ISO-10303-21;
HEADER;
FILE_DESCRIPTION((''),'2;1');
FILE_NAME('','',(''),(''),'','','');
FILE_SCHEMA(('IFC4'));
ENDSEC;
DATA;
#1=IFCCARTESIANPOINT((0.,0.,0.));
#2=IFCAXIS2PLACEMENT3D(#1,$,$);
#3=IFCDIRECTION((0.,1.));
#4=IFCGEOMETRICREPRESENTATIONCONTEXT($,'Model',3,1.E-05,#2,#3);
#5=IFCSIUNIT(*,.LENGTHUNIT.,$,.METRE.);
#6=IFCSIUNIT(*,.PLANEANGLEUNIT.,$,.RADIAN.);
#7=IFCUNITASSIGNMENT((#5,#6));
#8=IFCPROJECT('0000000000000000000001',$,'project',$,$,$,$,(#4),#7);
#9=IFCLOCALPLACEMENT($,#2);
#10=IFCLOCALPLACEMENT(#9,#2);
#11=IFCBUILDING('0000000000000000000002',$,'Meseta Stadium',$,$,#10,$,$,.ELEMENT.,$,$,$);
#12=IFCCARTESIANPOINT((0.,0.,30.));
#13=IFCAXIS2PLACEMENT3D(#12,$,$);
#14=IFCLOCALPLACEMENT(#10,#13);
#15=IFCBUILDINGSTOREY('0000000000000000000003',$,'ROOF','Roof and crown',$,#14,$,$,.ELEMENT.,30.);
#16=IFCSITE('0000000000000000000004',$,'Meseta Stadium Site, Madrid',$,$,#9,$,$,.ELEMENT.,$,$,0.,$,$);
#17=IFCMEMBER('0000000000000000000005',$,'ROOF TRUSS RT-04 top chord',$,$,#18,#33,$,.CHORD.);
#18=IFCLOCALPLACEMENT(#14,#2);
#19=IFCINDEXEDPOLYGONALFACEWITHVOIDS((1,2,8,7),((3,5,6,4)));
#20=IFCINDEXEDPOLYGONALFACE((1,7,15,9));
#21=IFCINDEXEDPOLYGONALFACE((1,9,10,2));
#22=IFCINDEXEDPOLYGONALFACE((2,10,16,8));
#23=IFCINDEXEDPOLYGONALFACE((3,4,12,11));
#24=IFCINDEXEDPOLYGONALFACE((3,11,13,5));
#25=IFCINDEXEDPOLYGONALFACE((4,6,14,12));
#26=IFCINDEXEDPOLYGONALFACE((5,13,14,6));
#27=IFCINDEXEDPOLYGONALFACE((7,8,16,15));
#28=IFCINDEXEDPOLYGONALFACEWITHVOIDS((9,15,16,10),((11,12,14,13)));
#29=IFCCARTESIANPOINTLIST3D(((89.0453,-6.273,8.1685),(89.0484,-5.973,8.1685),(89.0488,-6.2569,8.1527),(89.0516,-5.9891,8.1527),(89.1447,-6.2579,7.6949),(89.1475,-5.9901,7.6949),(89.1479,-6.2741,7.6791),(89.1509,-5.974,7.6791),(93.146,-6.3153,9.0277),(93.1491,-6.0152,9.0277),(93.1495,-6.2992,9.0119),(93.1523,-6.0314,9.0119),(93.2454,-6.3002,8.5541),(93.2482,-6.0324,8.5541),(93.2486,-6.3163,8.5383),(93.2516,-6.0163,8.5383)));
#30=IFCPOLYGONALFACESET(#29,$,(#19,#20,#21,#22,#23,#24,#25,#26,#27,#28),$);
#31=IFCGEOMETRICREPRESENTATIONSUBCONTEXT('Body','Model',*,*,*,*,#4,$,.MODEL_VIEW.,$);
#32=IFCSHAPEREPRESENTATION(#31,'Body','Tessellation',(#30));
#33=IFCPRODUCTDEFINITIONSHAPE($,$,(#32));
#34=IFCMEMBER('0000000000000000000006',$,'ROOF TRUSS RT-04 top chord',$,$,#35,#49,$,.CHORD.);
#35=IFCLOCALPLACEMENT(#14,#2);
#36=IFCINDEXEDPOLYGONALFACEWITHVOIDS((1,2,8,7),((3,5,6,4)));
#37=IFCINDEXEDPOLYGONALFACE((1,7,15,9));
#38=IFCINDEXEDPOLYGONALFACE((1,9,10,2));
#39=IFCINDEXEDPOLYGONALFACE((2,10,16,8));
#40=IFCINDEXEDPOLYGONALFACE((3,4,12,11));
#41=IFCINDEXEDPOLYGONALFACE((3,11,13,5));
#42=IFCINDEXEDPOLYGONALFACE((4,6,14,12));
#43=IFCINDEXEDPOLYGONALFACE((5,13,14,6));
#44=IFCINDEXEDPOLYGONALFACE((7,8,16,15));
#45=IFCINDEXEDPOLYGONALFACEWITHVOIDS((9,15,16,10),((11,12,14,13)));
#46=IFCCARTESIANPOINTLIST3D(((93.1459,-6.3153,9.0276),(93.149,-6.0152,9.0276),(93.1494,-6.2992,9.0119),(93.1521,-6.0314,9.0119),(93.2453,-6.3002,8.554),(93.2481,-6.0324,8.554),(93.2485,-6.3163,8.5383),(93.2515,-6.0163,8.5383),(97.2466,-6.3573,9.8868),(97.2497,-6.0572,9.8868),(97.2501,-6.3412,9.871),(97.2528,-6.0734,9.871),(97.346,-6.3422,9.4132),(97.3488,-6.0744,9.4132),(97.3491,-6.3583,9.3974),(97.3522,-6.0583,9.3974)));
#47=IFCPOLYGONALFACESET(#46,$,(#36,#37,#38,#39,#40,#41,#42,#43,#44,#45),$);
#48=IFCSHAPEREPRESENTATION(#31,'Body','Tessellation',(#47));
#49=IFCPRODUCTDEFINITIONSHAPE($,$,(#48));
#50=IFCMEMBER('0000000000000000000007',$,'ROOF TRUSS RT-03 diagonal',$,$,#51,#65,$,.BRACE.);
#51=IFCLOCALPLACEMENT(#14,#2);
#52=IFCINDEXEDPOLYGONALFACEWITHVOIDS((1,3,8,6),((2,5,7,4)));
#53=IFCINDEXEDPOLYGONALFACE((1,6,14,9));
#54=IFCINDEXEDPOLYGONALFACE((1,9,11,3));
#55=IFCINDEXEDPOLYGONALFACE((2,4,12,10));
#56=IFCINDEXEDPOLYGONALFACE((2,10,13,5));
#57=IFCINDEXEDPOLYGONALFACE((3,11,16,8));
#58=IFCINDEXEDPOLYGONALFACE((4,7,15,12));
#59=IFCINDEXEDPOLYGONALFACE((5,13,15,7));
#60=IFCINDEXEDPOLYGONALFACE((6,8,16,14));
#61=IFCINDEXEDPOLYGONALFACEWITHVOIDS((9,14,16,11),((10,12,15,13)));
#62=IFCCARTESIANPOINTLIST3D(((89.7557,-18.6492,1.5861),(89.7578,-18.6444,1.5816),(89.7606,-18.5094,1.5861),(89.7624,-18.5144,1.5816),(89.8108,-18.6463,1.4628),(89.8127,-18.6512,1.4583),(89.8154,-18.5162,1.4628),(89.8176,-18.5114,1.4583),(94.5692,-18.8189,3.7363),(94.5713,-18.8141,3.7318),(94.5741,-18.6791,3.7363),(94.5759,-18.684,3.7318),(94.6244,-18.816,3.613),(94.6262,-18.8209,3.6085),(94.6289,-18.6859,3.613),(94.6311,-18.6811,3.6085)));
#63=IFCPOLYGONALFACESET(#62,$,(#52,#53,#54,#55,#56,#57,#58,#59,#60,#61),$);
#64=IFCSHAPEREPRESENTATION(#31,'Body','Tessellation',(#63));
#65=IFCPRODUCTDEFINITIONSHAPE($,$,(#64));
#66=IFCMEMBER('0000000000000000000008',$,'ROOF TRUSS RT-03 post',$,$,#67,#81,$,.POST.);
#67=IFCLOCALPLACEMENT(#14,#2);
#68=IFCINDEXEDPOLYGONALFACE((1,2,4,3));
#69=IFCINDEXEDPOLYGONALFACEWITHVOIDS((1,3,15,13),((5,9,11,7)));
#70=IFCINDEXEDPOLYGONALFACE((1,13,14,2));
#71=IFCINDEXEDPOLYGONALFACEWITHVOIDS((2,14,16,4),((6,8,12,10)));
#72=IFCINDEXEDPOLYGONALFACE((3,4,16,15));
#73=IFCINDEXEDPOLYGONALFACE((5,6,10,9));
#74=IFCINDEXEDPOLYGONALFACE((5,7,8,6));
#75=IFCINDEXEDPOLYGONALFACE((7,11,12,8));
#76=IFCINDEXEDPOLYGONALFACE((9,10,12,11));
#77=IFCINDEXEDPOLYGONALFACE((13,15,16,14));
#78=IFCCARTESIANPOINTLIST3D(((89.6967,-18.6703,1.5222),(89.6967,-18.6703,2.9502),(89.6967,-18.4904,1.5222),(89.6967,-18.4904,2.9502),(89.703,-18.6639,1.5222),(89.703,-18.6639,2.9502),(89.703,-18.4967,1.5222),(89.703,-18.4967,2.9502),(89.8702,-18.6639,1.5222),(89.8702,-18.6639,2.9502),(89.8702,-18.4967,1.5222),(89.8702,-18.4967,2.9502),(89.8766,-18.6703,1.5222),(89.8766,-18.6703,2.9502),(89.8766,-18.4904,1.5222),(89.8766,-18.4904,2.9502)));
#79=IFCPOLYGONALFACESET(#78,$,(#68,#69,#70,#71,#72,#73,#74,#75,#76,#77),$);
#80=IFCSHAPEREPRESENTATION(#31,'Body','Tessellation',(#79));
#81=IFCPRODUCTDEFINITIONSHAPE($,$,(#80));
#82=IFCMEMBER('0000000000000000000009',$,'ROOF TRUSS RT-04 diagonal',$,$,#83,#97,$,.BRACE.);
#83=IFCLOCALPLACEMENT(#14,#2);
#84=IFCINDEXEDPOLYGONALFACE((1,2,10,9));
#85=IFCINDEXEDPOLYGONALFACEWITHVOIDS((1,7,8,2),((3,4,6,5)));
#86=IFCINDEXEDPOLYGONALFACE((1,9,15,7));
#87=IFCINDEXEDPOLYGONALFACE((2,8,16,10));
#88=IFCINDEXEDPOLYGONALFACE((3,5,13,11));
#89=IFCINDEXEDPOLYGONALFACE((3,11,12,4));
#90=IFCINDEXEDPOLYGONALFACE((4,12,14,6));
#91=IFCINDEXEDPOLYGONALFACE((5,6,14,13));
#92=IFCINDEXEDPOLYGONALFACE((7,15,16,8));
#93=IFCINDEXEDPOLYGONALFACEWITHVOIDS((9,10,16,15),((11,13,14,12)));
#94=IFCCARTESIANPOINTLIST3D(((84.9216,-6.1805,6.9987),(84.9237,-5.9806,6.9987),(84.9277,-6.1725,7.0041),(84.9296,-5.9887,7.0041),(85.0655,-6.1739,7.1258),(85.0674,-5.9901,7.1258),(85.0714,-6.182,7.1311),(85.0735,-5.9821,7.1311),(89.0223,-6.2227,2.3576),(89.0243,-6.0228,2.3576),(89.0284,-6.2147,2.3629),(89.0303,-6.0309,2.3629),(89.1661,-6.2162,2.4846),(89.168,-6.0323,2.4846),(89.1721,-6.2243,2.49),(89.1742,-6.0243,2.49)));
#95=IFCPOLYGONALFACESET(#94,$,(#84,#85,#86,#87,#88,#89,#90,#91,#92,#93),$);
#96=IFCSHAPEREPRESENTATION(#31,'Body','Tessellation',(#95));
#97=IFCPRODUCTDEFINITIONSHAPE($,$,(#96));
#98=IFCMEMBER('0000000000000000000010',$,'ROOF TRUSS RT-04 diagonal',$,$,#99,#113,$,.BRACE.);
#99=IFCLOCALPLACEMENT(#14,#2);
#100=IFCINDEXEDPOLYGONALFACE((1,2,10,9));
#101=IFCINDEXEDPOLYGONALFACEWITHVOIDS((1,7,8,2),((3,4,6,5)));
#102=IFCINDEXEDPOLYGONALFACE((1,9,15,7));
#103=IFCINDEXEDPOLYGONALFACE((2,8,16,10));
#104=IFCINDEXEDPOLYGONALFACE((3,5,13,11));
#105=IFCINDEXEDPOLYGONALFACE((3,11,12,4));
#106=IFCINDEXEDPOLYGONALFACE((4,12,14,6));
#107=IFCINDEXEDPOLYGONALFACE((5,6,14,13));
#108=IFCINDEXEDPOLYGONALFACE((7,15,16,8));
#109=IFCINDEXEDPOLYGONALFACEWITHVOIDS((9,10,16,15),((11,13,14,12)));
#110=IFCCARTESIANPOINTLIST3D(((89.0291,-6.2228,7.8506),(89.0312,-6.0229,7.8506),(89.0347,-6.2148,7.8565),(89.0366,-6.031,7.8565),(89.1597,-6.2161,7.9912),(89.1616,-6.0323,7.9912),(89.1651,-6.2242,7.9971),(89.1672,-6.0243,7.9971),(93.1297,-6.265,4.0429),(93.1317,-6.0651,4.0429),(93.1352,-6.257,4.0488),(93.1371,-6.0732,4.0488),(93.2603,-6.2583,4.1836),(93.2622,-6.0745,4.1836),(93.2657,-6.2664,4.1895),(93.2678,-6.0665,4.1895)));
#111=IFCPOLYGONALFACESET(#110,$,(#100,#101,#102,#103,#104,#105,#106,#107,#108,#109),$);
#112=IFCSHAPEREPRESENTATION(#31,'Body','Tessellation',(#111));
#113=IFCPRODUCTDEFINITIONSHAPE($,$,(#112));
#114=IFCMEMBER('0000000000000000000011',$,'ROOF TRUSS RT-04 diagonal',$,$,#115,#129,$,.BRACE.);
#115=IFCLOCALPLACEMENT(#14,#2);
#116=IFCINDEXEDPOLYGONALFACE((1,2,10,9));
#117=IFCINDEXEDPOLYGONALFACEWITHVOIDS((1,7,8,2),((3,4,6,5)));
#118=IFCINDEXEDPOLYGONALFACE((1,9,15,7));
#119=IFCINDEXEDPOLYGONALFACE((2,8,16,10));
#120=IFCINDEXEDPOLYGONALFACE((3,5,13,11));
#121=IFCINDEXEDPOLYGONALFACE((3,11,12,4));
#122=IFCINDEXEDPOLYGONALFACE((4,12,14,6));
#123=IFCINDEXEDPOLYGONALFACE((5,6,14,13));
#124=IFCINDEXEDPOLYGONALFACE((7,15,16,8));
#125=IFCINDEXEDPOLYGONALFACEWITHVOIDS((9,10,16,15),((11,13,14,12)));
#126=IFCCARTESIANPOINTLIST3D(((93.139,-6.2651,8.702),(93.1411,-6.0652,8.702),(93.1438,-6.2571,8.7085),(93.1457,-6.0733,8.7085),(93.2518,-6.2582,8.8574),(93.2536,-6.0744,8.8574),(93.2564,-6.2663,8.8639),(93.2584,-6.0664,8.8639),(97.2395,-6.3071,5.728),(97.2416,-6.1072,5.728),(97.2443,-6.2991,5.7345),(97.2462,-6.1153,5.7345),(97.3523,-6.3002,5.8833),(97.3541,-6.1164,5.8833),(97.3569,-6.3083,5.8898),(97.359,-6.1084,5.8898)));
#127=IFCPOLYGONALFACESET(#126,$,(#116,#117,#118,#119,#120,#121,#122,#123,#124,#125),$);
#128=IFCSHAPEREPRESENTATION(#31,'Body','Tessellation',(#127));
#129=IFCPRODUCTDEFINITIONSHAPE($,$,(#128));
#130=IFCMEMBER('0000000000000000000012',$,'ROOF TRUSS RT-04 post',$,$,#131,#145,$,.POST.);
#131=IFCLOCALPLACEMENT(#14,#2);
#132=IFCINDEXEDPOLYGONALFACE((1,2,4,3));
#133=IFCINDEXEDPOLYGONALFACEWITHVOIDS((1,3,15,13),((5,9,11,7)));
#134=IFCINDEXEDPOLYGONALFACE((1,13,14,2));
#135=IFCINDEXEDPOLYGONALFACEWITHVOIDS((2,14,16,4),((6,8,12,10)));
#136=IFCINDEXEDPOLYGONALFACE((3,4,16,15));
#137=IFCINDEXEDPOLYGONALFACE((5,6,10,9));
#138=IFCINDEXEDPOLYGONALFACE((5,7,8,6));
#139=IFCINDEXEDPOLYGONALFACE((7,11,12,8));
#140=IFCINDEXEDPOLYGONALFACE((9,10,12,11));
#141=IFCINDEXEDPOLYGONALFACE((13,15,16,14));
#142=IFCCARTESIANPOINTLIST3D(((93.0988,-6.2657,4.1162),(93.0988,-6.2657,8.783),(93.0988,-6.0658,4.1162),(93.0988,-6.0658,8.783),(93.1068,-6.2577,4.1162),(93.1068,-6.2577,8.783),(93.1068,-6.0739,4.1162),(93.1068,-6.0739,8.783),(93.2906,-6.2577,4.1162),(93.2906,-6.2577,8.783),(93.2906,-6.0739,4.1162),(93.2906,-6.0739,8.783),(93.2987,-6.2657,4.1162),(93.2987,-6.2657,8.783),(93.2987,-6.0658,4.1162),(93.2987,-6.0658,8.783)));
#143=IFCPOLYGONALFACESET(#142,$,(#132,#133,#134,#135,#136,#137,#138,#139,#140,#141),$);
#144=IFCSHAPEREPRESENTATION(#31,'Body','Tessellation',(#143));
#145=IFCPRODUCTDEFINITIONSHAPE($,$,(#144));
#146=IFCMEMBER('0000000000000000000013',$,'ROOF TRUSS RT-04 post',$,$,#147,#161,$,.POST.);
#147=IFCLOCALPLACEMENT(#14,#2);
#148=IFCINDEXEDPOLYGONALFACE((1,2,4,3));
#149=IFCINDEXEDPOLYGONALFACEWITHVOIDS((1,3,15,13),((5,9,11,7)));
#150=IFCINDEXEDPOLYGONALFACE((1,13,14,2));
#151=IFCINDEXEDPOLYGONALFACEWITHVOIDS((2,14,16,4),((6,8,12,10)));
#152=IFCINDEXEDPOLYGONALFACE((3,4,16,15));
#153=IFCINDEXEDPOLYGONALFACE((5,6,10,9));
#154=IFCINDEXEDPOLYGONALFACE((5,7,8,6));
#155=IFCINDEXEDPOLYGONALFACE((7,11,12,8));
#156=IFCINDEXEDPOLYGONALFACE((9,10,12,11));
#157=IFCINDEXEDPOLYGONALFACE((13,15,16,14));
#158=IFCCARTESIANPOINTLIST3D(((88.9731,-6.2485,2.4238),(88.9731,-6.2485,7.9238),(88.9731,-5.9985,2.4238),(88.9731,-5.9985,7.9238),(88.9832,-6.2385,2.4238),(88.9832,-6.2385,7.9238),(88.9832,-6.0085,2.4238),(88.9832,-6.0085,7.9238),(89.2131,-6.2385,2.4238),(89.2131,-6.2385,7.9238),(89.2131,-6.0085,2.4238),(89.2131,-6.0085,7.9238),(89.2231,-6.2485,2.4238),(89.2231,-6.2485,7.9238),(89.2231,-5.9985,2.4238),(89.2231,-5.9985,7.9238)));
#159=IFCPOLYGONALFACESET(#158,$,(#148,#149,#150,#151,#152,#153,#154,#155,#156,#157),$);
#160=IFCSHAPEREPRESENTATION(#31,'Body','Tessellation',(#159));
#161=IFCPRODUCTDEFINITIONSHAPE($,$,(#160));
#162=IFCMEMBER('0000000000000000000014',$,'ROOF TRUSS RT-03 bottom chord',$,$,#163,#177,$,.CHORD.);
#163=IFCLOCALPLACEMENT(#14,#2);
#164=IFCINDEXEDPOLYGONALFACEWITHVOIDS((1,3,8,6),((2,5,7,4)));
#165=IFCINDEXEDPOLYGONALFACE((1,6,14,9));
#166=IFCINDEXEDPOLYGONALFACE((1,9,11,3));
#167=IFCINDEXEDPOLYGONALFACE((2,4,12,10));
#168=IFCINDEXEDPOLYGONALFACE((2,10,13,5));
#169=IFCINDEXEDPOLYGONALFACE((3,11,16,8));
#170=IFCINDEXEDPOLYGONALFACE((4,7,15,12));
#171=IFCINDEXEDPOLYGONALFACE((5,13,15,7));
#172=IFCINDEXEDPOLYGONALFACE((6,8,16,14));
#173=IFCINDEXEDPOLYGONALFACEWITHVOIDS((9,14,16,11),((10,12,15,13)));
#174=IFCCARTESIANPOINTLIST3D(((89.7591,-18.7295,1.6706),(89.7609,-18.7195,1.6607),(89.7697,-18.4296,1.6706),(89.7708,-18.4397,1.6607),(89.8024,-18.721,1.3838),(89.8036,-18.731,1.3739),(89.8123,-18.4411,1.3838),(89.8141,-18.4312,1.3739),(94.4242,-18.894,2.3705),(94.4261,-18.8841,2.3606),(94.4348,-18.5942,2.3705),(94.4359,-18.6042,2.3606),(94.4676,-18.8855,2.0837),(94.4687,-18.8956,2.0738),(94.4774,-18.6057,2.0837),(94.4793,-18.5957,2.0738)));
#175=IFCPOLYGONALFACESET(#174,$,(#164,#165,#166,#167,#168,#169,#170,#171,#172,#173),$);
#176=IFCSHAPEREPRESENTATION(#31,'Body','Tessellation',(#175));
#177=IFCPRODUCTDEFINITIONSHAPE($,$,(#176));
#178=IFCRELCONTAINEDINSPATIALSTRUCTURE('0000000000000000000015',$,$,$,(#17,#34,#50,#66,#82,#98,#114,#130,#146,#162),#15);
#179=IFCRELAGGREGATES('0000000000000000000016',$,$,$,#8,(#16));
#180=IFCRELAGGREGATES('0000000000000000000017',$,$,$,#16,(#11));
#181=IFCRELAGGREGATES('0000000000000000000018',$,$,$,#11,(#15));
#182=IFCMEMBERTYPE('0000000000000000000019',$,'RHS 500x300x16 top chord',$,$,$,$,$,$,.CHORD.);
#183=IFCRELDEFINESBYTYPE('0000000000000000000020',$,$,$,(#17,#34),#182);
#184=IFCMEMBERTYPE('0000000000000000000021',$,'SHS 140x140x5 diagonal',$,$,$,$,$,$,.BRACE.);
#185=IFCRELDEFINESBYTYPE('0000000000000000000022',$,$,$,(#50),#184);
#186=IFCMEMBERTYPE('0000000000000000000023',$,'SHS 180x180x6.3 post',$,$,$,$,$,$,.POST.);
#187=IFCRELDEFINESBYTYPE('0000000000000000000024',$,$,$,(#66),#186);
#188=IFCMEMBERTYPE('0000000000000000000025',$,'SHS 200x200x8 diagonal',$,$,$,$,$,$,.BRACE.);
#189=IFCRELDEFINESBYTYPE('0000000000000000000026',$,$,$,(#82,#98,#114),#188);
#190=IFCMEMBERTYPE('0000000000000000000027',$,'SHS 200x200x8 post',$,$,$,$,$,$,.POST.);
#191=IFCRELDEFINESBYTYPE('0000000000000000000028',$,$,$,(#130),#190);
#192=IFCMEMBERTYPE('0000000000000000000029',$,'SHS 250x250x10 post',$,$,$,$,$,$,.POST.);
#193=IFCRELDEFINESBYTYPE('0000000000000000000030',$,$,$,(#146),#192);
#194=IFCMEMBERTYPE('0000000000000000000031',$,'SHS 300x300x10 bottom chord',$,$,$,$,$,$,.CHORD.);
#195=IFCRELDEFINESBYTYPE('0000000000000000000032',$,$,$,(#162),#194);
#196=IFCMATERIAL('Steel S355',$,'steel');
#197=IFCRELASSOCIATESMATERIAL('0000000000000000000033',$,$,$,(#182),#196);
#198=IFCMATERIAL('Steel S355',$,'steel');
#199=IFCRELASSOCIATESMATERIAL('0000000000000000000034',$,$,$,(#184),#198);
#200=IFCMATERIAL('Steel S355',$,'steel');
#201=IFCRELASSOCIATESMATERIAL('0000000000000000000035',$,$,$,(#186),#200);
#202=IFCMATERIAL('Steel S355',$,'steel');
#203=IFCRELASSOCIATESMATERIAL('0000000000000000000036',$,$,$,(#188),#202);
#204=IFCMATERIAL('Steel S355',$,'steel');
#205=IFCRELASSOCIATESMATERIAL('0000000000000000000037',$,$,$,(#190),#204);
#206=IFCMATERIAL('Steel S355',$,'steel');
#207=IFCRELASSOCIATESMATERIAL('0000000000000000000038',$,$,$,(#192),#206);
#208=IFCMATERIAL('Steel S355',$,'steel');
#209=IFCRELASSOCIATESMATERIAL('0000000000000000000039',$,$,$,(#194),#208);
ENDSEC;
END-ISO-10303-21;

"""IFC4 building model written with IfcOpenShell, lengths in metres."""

from ifc_helpers import new_model, si_unit, direction, frame, origin, origin_2d, place, context, subcontext, project, spatial, hollow_rectangle, extrude, material, material_profile, profile_set, type_object, element, save


model = new_model("IFC4")

# Units and contexts
model_context = context("Model", 3, precision=1e-05, world=origin(), true_north=direction((0.0, 1.0)))
body_context = subcontext(model_context, "Body", "Model", "MODEL_VIEW")
ifc_project = project(units=[si_unit("LENGTHUNIT", "METRE"), si_unit("PLANEANGLEUNIT", "RADIAN")], contexts=[model_context])

# Site, building, storey
site_placement = place(None, origin())
site = spatial("IfcSite", under=ifc_project, at=site_placement, Name="Meseta Stadium Site, Madrid", CompositionType="ELEMENT", RefElevation=0.0)
building_placement = place(site_placement, origin())
building = spatial("IfcBuilding", under=site, at=building_placement, Name="Meseta Stadium", CompositionType="ELEMENT")
storey_placement = place(building_placement, frame((0.0, 0.0, 30.0)))
storey = spatial("IfcBuildingStorey", under=building, at=storey_placement, Name="ROOF", Description="Roof and crown", CompositionType="ELEMENT", Elevation=30.0)

# Members
ifc_material_1 = material(Name="Steel S355", Category="steel")
ifc_material_profile_1 = material_profile(ifc_material_1, hollow_rectangle(XDim=0.3, YDim=0.5, WallThickness=0.0161, at=origin_2d()), Name="RHS 500x300x16")
ifc_profile_set_1 = profile_set([ifc_material_profile_1], Name="Steel S355")
member_type_1 = type_object("IfcMemberType", Name="RHS 500x300x16 top chord", PredefinedType="CHORD", material=ifc_profile_set_1)
for number, where, z_axis, x_axis, name in (
    (1, (89.0981, -6.1235, 7.9238), (0.978699, -0.010081, 0.205051), (0.0103, 0.999947, 0.0), "ROOF TRUSS RT-04 top chord"),
    (2, (93.1987, -6.1658, 8.783), (0.9787, -0.010022, 0.205051), (0.01024, 0.999948, 0.0), "ROOF TRUSS RT-04 top chord"),
):
    element("IfcMember", number, at=place(storey_placement, frame(where, z_axis=z_axis, x_axis=x_axis)), inside=storey, type_object=member_type_1, Name=name, PredefinedType="CHORD", context=body_context, shape_type="SweptSolid", body=[
        extrude(hollow_rectangle(XDim=0.3, YDim=0.5, WallThickness=0.0161, at=origin_2d()), origin(), (0.0, 0.0, 1.0), 4.1899),
    ])
ifc_material_2 = material(Name="Steel S355", Category="steel")
ifc_material_profile_2 = material_profile(ifc_material_2, hollow_rectangle(XDim=0.1399, YDim=0.1399, WallThickness=0.0049, at=origin_2d()), Name="SHS 140x140x5")
ifc_profile_set_2 = profile_set([ifc_material_profile_2], Name="Steel S355")
member_type_2 = type_object("IfcMemberType", Name="SHS 140x140x5 diagonal", PredefinedType="BRACE", material=ifc_profile_set_2)
member_1_placement = place(storey_placement, frame((89.7866, -18.5803, 1.5222), z_axis=(0.912575, -0.032169, 0.407641), x_axis=(0.035229, 0.999379, 0.0)))
element("IfcMember", 3, at=member_1_placement, inside=storey, type_object=member_type_2, Name="ROOF TRUSS RT-03 diagonal", PredefinedType="BRACE", context=body_context, shape_type="SweptSolid", body=[
    extrude(hollow_rectangle(XDim=0.1399, YDim=0.1399, WallThickness=0.0049, at=origin_2d()), origin(), (0.0, 0.0, 1.0), 5.2747),
])
ifc_material_3 = material(Name="Steel S355", Category="steel")
ifc_material_profile_3 = material_profile(ifc_material_3, hollow_rectangle(XDim=0.1799, YDim=0.1799, WallThickness=0.0063, at=origin_2d()), Name="SHS 180x180x6.3")
ifc_profile_set_3 = profile_set([ifc_material_profile_3], Name="Steel S355")
member_type_3 = type_object("IfcMemberType", Name="SHS 180x180x6.3 post", PredefinedType="POST", material=ifc_profile_set_3)
member_2_placement = place(storey_placement, frame((89.7866, -18.5803, 1.5222), z_axis=(0.0, 0.0, 1.0), x_axis=(1.0, 0.0, 0.0)))
element("IfcMember", 4, at=member_2_placement, inside=storey, type_object=member_type_3, Name="ROOF TRUSS RT-03 post", PredefinedType="POST", context=body_context, shape_type="SweptSolid", body=[
    extrude(hollow_rectangle(XDim=0.1799, YDim=0.1799, WallThickness=0.0063, at=origin_2d()), origin(), (0.0, 0.0, 1.0), 1.428),
])
ifc_material_4 = material(Name="Steel S355", Category="steel")
ifc_material_profile_4 = material_profile(ifc_material_4, hollow_rectangle(XDim=0.2, YDim=0.2, WallThickness=0.0081, at=origin_2d()), Name="SHS 200x200x8")
ifc_profile_set_4 = profile_set([ifc_material_profile_4], Name="Steel S355")
member_type_4 = type_object("IfcMemberType", Name="SHS 200x200x8 diagonal", PredefinedType="BRACE", material=ifc_profile_set_4)
member_3_placement = place(storey_placement, frame((84.9976, -6.0813, 7.0649), z_axis=(0.662104, -0.00682, -0.749381), x_axis=(0.0103, 0.999947, 0.0)))
element("IfcMember", 5, at=member_3_placement, inside=storey, type_object=member_type_4, Name="ROOF TRUSS RT-04 diagonal", PredefinedType="BRACE", context=body_context, shape_type="SweptSolid", body=[
    extrude(hollow_rectangle(XDim=0.2, YDim=0.2, WallThickness=0.0081, at=origin_2d()), origin(), (0.0, 0.0, 1.0), 6.1934),
])
member_4_placement = place(storey_placement, frame((89.0981, -6.1235, 7.9238), z_axis=(0.732779, -0.007548, -0.680425), x_axis=(0.0103, 0.999947, 0.0)))
element("IfcMember", 6, at=member_4_placement, inside=storey, type_object=member_type_4, Name="ROOF TRUSS RT-04 diagonal", PredefinedType="BRACE", context=body_context, shape_type="SweptSolid", body=[
    extrude(hollow_rectangle(XDim=0.2, YDim=0.2, WallThickness=0.0081, at=origin_2d()), origin(), (0.0, 0.0, 1.0), 5.5959),
])
member_5_placement = place(storey_placement, frame((93.1987, -6.1658, 8.783), z_axis=(0.80947, -0.008289, -0.587102), x_axis=(0.01024, 0.999948, 0.0)))
element("IfcMember", 7, at=member_5_placement, inside=storey, type_object=member_type_4, Name="ROOF TRUSS RT-04 diagonal", PredefinedType="BRACE", context=body_context, shape_type="SweptSolid", body=[
    extrude(hollow_rectangle(XDim=0.2, YDim=0.2, WallThickness=0.0081, at=origin_2d()), origin(), (0.0, 0.0, 1.0), 5.0657),
])
ifc_material_5 = material(Name="Steel S355", Category="steel")
ifc_material_profile_5 = material_profile(ifc_material_5, hollow_rectangle(XDim=0.2, YDim=0.2, WallThickness=0.0081, at=origin_2d()), Name="SHS 200x200x8")
ifc_profile_set_5 = profile_set([ifc_material_profile_5], Name="Steel S355")
member_type_5 = type_object("IfcMemberType", Name="SHS 200x200x8 post", PredefinedType="POST", material=ifc_profile_set_5)
member_6_placement = place(storey_placement, frame((93.1987, -6.1658, 4.1162), z_axis=(0.0, 0.0, 1.0), x_axis=(1.0, 0.0, 0.0)))
element("IfcMember", 8, at=member_6_placement, inside=storey, type_object=member_type_5, Name="ROOF TRUSS RT-04 post", PredefinedType="POST", context=body_context, shape_type="SweptSolid", body=[
    extrude(hollow_rectangle(XDim=0.2, YDim=0.2, WallThickness=0.0081, at=origin_2d()), origin(), (0.0, 0.0, 1.0), 4.6667),
])
ifc_material_6 = material(Name="Steel S355", Category="steel")
ifc_material_profile_6 = material_profile(ifc_material_6, hollow_rectangle(XDim=0.25, YDim=0.25, WallThickness=0.01, at=origin_2d()), Name="SHS 250x250x10")
ifc_profile_set_6 = profile_set([ifc_material_profile_6], Name="Steel S355")
member_type_6 = type_object("IfcMemberType", Name="SHS 250x250x10 post", PredefinedType="POST", material=ifc_profile_set_6)
member_7_placement = place(storey_placement, frame((89.0981, -6.1235, 2.4238), z_axis=(0.0, 0.0, 1.0), x_axis=(1.0, 0.0, 0.0)))
element("IfcMember", 9, at=member_7_placement, inside=storey, type_object=member_type_6, Name="ROOF TRUSS RT-04 post", PredefinedType="POST", context=body_context, shape_type="SweptSolid", body=[
    extrude(hollow_rectangle(XDim=0.25, YDim=0.25, WallThickness=0.01, at=origin_2d()), origin(), (0.0, 0.0, 1.0), 5.5),
])
ifc_material_7 = material(Name="Steel S355", Category="steel")
ifc_material_profile_7 = material_profile(ifc_material_7, hollow_rectangle(XDim=0.3, YDim=0.3, WallThickness=0.01, at=origin_2d()), Name="SHS 300x300x10")
ifc_profile_set_7 = profile_set([ifc_material_profile_7], Name="Steel S355")
member_type_7 = type_object("IfcMemberType", Name="SHS 300x300x10 bottom chord", PredefinedType="CHORD", material=ifc_profile_set_7)
member_8_placement = place(storey_placement, frame((89.7866, -18.5803, 1.5222), z_axis=(0.988329, -0.034862, 0.148291), x_axis=(0.035251, 0.999378, 0.0)))
element("IfcMember", 10, at=member_8_placement, inside=storey, type_object=member_type_7, Name="ROOF TRUSS RT-03 bottom chord", PredefinedType="CHORD", context=body_context, shape_type="SweptSolid", body=[
    extrude(hollow_rectangle(XDim=0.3, YDim=0.3, WallThickness=0.01, at=origin_2d()), origin(), (0.0, 0.0, 1.0), 4.7202),
])

save(model, "model.ifc")
